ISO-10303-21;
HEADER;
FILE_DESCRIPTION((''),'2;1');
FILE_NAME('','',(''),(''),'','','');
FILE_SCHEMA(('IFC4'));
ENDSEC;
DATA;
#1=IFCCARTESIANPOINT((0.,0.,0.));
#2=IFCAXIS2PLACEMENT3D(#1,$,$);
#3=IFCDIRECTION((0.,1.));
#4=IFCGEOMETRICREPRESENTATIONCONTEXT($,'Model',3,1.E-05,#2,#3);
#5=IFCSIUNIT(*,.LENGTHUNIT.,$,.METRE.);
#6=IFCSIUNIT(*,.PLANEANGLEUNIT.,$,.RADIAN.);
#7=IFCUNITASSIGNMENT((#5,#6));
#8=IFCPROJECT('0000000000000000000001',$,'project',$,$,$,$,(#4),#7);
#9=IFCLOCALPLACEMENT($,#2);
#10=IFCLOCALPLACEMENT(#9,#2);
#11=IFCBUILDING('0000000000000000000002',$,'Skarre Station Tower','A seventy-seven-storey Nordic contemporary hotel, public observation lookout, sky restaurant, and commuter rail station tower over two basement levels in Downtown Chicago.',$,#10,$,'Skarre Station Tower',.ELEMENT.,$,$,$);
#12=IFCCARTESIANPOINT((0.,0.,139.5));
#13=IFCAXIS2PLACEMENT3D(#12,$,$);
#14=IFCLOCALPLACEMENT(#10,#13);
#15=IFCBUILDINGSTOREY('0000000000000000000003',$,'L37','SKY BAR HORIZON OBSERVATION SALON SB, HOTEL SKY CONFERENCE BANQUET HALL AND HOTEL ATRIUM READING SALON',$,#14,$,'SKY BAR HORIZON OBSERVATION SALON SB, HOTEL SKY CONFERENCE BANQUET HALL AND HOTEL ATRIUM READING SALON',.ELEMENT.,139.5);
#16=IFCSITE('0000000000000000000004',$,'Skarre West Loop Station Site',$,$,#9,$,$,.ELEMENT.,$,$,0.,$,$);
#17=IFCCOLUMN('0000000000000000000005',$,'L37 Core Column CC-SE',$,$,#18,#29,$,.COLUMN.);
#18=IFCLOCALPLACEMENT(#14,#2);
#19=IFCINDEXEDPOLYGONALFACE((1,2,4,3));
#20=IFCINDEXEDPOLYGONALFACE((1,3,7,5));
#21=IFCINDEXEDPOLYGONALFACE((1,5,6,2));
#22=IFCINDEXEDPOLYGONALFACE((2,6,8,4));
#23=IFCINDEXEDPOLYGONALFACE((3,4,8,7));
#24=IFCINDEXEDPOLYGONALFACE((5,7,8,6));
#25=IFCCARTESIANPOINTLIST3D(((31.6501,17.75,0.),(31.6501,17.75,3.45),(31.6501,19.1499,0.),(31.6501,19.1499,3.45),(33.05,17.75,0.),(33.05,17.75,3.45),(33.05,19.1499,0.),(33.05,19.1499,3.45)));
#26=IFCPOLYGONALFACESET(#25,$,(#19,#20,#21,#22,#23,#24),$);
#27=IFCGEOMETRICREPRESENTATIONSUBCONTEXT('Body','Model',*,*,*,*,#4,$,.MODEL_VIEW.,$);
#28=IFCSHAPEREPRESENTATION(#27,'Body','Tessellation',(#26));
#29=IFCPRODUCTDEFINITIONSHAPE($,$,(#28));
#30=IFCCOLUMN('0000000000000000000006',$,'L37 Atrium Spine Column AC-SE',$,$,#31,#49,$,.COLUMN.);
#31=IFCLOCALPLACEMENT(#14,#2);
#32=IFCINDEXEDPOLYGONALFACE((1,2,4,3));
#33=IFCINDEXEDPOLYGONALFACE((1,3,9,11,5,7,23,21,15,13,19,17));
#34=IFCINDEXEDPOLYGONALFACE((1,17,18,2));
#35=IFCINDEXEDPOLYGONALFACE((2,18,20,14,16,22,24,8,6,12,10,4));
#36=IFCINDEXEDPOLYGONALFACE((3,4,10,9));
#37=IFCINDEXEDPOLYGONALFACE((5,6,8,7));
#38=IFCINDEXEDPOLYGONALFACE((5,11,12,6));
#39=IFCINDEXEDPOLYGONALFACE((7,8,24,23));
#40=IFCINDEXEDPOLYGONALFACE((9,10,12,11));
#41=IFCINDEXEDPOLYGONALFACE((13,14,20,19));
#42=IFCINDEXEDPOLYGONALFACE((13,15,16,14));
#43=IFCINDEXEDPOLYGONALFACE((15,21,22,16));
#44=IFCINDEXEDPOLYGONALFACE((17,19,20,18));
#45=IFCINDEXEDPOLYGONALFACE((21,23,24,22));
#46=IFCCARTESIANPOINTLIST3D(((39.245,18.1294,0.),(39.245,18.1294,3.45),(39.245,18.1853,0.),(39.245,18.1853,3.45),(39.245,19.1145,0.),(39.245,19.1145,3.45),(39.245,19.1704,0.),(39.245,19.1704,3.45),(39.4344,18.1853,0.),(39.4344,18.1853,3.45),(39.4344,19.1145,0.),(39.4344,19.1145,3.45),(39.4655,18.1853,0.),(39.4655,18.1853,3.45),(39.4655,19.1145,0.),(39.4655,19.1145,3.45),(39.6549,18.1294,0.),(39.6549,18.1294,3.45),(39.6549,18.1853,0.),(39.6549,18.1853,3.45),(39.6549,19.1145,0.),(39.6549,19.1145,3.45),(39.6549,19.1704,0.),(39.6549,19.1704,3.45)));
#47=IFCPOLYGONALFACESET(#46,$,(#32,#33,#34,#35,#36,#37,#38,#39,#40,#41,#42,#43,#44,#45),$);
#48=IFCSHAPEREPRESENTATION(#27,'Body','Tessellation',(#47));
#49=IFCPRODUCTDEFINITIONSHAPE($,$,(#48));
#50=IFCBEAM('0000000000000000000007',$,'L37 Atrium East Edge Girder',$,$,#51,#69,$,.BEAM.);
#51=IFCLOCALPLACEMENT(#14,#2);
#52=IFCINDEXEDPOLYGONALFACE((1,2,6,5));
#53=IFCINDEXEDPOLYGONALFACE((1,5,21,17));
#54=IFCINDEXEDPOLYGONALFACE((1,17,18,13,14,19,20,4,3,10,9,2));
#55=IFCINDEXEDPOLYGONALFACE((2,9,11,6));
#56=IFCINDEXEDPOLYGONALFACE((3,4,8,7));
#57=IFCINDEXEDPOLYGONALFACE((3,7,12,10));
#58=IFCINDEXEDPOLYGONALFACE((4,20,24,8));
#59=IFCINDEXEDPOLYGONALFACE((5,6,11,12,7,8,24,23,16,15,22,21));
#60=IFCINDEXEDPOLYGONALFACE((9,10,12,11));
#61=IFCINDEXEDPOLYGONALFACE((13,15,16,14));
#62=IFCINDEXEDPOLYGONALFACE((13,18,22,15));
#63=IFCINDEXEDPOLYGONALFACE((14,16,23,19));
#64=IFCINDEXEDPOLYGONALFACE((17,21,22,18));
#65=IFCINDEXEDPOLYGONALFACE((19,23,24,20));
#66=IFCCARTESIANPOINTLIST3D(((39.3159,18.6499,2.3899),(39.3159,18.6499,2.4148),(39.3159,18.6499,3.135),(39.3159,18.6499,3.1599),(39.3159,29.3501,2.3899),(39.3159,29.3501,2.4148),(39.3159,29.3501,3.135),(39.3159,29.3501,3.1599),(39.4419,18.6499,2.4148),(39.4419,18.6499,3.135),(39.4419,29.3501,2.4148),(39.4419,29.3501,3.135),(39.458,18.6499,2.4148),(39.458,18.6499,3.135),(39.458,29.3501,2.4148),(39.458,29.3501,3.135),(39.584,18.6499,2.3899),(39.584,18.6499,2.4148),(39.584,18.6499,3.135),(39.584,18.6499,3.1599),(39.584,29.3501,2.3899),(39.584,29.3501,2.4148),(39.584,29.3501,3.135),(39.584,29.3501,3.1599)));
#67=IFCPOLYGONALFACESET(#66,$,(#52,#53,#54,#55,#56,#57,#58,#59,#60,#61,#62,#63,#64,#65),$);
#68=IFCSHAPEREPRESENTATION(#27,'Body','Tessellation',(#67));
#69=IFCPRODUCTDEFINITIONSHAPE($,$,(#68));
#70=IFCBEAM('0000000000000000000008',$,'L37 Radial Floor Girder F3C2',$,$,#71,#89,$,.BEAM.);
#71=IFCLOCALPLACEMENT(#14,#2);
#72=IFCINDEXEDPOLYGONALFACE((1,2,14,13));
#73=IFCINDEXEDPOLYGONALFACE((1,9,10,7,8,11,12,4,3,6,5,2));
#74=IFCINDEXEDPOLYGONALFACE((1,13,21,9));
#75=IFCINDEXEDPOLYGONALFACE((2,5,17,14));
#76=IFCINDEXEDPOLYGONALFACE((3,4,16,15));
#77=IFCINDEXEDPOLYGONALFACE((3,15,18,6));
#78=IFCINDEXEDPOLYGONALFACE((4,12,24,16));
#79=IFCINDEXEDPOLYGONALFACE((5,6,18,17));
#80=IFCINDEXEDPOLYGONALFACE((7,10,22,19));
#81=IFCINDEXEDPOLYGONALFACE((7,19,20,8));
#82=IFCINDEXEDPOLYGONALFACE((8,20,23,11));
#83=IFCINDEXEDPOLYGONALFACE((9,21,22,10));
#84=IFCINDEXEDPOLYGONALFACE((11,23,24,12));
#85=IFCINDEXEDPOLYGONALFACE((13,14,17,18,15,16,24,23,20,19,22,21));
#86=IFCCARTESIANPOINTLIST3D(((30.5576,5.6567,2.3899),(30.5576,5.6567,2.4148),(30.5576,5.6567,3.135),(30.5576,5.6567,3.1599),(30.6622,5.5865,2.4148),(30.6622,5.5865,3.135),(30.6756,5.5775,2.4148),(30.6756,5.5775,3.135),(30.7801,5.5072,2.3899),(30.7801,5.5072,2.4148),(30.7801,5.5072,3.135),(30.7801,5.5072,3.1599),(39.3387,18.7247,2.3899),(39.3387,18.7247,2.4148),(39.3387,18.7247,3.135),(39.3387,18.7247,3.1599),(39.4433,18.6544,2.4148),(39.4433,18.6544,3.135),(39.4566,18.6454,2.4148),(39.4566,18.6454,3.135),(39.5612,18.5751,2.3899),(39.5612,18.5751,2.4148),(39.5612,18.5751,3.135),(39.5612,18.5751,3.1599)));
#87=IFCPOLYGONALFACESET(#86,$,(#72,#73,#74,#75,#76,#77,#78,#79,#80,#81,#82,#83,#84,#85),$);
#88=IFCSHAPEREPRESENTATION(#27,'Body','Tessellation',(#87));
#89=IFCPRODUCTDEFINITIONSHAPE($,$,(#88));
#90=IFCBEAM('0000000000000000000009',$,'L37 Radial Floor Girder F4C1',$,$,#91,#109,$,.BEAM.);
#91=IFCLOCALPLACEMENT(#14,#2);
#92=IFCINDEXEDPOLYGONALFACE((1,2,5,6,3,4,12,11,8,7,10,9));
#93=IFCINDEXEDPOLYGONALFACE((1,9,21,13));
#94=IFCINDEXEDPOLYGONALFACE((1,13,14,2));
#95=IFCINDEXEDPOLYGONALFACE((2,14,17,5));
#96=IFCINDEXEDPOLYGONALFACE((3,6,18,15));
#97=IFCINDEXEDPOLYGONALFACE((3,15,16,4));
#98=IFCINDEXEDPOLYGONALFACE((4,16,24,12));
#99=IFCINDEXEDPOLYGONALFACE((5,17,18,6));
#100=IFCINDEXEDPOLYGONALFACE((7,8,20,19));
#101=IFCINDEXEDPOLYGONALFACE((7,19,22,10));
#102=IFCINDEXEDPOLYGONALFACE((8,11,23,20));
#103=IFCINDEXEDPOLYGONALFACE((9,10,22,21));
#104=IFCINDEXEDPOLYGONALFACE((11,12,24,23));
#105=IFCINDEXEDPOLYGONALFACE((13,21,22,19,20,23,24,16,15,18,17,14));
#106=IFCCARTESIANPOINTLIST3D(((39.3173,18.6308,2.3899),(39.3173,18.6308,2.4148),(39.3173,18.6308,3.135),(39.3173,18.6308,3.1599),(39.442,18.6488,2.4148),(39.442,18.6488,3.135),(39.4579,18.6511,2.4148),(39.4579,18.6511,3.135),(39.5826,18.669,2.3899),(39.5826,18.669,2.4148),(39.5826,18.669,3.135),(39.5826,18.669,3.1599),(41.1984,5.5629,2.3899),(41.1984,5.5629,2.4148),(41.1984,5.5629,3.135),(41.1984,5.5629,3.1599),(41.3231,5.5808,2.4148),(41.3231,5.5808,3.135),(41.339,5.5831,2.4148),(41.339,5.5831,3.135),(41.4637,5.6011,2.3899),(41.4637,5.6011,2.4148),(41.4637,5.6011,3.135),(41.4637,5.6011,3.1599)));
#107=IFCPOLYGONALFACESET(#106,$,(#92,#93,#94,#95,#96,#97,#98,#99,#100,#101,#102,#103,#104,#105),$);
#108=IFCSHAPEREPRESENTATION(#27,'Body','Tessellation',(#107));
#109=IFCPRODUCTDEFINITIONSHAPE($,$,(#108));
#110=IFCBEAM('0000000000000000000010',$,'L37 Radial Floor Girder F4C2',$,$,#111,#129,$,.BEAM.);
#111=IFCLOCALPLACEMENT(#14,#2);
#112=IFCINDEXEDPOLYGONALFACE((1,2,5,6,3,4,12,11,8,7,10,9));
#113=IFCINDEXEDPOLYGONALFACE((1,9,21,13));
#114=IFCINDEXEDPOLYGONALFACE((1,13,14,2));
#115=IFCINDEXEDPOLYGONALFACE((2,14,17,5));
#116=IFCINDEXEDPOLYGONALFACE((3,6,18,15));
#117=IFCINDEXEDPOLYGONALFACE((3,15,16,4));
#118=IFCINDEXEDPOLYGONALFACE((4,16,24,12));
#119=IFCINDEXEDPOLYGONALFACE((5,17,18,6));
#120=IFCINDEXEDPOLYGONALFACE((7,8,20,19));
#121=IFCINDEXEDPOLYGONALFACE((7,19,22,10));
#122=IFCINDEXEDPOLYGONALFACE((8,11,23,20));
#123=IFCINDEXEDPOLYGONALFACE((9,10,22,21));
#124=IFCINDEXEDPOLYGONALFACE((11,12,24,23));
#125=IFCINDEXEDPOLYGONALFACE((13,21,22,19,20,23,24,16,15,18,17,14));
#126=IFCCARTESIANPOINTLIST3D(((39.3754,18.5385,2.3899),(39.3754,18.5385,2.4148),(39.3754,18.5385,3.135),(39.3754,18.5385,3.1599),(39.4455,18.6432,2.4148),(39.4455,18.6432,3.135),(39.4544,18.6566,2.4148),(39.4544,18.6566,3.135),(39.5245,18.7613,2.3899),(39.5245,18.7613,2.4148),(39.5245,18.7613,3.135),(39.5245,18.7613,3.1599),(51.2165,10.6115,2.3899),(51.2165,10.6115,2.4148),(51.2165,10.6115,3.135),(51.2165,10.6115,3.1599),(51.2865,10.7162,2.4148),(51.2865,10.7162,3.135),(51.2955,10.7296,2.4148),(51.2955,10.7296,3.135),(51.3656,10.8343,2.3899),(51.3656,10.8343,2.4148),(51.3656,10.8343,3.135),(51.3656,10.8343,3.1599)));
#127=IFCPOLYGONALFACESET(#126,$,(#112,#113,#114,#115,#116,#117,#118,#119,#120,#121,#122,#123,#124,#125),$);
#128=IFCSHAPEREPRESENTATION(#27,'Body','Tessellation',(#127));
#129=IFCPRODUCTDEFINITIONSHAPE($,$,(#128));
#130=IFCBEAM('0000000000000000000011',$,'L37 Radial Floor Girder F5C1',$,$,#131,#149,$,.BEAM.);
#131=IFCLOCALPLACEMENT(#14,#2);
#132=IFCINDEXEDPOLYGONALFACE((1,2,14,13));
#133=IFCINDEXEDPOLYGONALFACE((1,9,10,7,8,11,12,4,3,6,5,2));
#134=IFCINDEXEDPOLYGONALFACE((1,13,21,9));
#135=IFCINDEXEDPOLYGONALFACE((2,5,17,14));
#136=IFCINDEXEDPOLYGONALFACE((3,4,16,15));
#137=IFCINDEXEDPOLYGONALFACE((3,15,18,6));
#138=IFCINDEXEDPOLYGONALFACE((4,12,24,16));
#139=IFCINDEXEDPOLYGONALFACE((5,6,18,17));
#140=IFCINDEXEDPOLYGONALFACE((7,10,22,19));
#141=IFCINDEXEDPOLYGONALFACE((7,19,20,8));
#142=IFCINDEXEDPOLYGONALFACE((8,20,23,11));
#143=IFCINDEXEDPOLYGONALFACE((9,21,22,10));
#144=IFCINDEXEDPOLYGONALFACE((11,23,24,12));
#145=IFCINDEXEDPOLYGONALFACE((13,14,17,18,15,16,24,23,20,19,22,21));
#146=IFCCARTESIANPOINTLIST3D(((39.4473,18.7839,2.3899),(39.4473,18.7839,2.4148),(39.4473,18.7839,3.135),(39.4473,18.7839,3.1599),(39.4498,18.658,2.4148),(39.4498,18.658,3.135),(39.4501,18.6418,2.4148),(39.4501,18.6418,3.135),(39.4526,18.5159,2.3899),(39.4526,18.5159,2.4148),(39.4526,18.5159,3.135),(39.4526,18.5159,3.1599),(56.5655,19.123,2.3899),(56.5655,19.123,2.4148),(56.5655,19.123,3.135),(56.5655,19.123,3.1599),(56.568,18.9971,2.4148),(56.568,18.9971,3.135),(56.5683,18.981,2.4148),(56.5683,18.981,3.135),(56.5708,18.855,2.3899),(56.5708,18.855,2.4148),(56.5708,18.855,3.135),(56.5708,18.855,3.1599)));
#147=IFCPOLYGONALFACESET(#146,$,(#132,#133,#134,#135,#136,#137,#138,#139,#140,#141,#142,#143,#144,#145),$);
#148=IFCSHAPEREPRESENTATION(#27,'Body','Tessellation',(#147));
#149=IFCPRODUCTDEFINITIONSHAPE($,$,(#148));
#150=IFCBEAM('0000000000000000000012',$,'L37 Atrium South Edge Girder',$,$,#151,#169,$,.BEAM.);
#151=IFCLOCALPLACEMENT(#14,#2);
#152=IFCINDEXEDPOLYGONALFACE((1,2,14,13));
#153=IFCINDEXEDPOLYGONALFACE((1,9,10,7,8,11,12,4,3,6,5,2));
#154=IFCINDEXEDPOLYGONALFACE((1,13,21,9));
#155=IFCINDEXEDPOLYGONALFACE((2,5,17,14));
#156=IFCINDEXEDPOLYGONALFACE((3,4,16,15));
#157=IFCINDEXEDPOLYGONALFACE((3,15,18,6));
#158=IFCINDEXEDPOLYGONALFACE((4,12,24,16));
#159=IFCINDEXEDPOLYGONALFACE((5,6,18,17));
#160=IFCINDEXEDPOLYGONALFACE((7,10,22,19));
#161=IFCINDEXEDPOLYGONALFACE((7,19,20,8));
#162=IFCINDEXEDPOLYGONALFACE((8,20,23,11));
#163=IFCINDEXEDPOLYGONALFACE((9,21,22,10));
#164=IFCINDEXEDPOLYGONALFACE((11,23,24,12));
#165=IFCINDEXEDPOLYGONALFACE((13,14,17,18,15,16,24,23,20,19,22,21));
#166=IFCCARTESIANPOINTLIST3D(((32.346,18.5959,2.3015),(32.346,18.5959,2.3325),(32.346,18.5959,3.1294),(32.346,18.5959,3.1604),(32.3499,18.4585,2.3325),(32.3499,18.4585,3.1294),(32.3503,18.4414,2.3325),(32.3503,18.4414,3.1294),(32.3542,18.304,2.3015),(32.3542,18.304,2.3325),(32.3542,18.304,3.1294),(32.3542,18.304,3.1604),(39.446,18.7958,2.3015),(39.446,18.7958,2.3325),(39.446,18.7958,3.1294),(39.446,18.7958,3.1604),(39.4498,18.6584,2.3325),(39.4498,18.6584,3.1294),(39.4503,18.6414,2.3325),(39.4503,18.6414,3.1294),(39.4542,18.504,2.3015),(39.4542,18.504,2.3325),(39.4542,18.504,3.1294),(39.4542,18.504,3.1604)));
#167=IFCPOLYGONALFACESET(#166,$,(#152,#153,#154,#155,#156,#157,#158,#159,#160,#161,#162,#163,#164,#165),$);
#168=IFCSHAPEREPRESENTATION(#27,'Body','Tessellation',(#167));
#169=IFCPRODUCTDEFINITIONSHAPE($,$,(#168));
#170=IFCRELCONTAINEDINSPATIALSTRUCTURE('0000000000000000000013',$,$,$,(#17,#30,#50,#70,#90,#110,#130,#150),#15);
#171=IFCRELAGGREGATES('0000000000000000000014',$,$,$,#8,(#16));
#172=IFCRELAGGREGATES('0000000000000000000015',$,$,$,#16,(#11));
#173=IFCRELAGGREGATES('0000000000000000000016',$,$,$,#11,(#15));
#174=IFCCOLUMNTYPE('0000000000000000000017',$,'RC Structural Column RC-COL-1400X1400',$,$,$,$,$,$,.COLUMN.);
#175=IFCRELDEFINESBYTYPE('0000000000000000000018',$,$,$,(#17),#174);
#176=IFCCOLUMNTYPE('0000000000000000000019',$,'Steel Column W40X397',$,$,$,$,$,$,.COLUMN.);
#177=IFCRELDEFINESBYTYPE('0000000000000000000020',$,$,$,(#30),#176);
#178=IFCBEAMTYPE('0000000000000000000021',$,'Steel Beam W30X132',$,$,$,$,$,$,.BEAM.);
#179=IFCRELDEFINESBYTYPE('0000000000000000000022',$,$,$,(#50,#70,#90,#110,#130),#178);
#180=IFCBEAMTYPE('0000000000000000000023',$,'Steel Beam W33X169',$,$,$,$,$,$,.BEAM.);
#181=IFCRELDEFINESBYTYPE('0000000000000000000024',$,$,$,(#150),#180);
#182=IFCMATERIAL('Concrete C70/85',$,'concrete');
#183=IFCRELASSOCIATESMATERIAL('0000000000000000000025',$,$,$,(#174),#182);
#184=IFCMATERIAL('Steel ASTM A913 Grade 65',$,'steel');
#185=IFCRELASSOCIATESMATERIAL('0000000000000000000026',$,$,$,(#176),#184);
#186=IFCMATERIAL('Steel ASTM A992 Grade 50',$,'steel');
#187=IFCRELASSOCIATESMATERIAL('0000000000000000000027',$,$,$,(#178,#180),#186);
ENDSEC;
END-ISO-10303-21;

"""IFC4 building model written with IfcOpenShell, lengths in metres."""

from ifc_helpers import new_model, si_unit, direction, frame, origin, origin_2d, place, context, subcontext, project, spatial, rectangle, i_section, extrude, material, material_profile, profile_set, type_object, element, save


model = new_model("IFC4")

# Units and contexts
model_context = context("Model", 3, precision=1e-05, world=origin(), true_north=direction((0.0, 1.0)))
body_context = subcontext(model_context, "Body", "Model", "MODEL_VIEW")
ifc_project = project(units=[si_unit("LENGTHUNIT", "METRE"), si_unit("PLANEANGLEUNIT", "RADIAN")], contexts=[model_context])

# Site, building, storey
site_placement = place(None, origin())
site = spatial("IfcSite", under=ifc_project, at=site_placement, Name="Skarre West Loop Station Site", CompositionType="ELEMENT", RefElevation=0.0)
building_placement = place(site_placement, origin())
building = spatial("IfcBuilding", under=site, at=building_placement, Name="Skarre Station Tower", Description="A seventy-seven-storey Nordic contemporary hotel, public observation lookout, sky restaurant, and commuter rail station tower over two basement levels in Downtown Chicago.", LongName="Skarre Station Tower", CompositionType="ELEMENT")
storey_placement = place(building_placement, frame((0.0, 0.0, 139.5)))
storey = spatial("IfcBuildingStorey", under=building, at=storey_placement, Name="L37", Description="SKY BAR HORIZON OBSERVATION SALON SB, HOTEL SKY CONFERENCE BANQUET HALL AND HOTEL ATRIUM READING SALON", LongName="SKY BAR HORIZON OBSERVATION SALON SB, HOTEL SKY CONFERENCE BANQUET HALL AND HOTEL ATRIUM READING SALON", CompositionType="ELEMENT", Elevation=139.5)

# Columns
ifc_material_1 = material(Name="Concrete C70/85", Category="concrete")
ifc_material_profile_1 = material_profile(ifc_material_1, rectangle(XDim=1.3999, YDim=1.3999, at=origin_2d()), Name="Concrete C70/85")
ifc_profile_set_1 = profile_set([ifc_material_profile_1], Name="Concrete C70/85")
column_type_1 = type_object("IfcColumnType", Name="RC Structural Column RC-COL-1400X1400", PredefinedType="COLUMN", material=ifc_profile_set_1)
column_1_placement = place(storey_placement, frame((32.3501, 18.45, 0.0), z_axis=(0.0, 0.0, 1.0), x_axis=(1.0, 0.0, 0.0)))
element("IfcColumn", 1, at=column_1_placement, inside=storey, type_object=column_type_1, Name="L37 Core Column CC-SE", PredefinedType="COLUMN", context=body_context, shape_type="SweptSolid", body=[
    extrude(rectangle(XDim=1.3999, YDim=1.3999, at=origin_2d()), origin(), (0.0, 0.0, 1.0), 3.45),
])
ifc_material_2 = material(Name="Steel ASTM A913 Grade 65", Category="steel")
ifc_material_profile_2 = material_profile(ifc_material_2, i_section(OverallWidth=0.4099, OverallDepth=1.041, WebThickness=0.031, FlangeThickness=0.0559, at=origin_2d()), Name="Steel ASTM A913 Grade 65")
ifc_profile_set_2 = profile_set([ifc_material_profile_2], Name="Steel ASTM A913 Grade 65")
column_type_2 = type_object("IfcColumnType", Name="Steel Column W40X397", PredefinedType="COLUMN", material=ifc_profile_set_2)
column_2_placement = place(storey_placement, frame((39.45, 18.6499, 0.0), z_axis=(0.0, 0.0, 1.0), x_axis=(1.0, 0.0, 0.0)))
element("IfcColumn", 2, at=column_2_placement, inside=storey, type_object=column_type_2, Name="L37 Atrium Spine Column AC-SE", PredefinedType="COLUMN", context=body_context, shape_type="SweptSolid", body=[
    extrude(i_section(OverallWidth=0.4099, OverallDepth=1.041, WebThickness=0.031, FlangeThickness=0.0559, at=origin_2d()), origin(), (0.0, 0.0, 1.0), 3.45),
])

# Beams
ifc_material_3 = material(Name="Steel ASTM A992 Grade 50", Category="steel")
ifc_material_profile_3 = material_profile(ifc_material_3, i_section(OverallWidth=0.2681, OverallDepth=0.77, WebThickness=0.0161, FlangeThickness=0.0249, at=origin_2d()), Name="Steel ASTM A992 Grade 50")
ifc_profile_set_3 = profile_set([ifc_material_profile_3], Name="Steel ASTM A992 Grade 50")
beam_type_1 = type_object("IfcBeamType", Name="Steel Beam W30X132", PredefinedType="BEAM", material=ifc_profile_set_3)
beam_1_placement = place(storey_placement, frame((39.45, 18.6499, 2.7749), z_axis=(0.0, 1.0, 0.0), x_axis=(-1.0, 0.0, 0.0)))
element("IfcBeam", 3, at=beam_1_placement, inside=storey, type_object=beam_type_1, Name="L37 Atrium East Edge Girder", PredefinedType="BEAM", context=body_context, shape_type="SweptSolid", body=[
    extrude(i_section(OverallWidth=0.2681, OverallDepth=0.77, WebThickness=0.0161, FlangeThickness=0.0249, at=origin_2d()), origin(), (0.0, 0.0, 1.0), 10.7002),
])
beam_2_placement = place(storey_placement, frame((39.45, 18.6499, 2.7749), z_axis=(-0.557735, -0.830019, 0.0), x_axis=(0.830019, -0.557735, 0.0)))
element("IfcBeam", 4, at=beam_2_placement, inside=storey, type_object=beam_type_1, Name="L37 Radial Floor Girder F3C2", PredefinedType="BEAM", context=body_context, shape_type="SweptSolid", body=[
    extrude(i_section(OverallWidth=0.2681, OverallDepth=0.77, WebThickness=0.0161, FlangeThickness=0.0249, at=origin_2d()), origin(), (0.0, 0.0, 1.0), 15.7441),
])
beam_3_placement = place(storey_placement, frame((39.45, 18.6499, 2.7749), z_axis=(0.14248, -0.989798, 0.0), x_axis=(0.989798, 0.14248, 0.0)))
element("IfcBeam", 5, at=beam_3_placement, inside=storey, type_object=beam_type_1, Name="L37 Radial Floor Girder F4C1", PredefinedType="BEAM", context=body_context, shape_type="SweptSolid", body=[
    extrude(i_section(OverallWidth=0.2681, OverallDepth=0.77, WebThickness=0.0161, FlangeThickness=0.0249, at=origin_2d()), origin(), (0.0, 0.0, 1.0), 13.2026),
])
beam_4_placement = place(storey_placement, frame((39.45, 18.6499, 2.7749), z_axis=(0.830981, -0.5563, 0.0), x_axis=(0.5563, 0.830981, 0.0)))
element("IfcBeam", 6, at=beam_4_placement, inside=storey, type_object=beam_type_1, Name="L37 Radial Floor Girder F4C2", PredefinedType="BEAM", context=body_context, shape_type="SweptSolid", body=[
    extrude(i_section(OverallWidth=0.2681, OverallDepth=0.77, WebThickness=0.0161, FlangeThickness=0.0249, at=origin_2d()), origin(), (0.0, 0.0, 1.0), 14.2495),
])
beam_5_placement = place(storey_placement, frame((39.45, 18.6499, 2.7749), z_axis=(0.999804, 0.019806, 0.0), x_axis=(-0.019806, 0.999804, 0.0)))
element("IfcBeam", 7, at=beam_5_placement, inside=storey, type_object=beam_type_1, Name="L37 Radial Floor Girder F5C1", PredefinedType="BEAM", context=body_context, shape_type="SweptSolid", body=[
    extrude(i_section(OverallWidth=0.2681, OverallDepth=0.77, WebThickness=0.0161, FlangeThickness=0.0249, at=origin_2d()), origin(), (0.0, 0.0, 1.0), 17.1216),
])
ifc_material_profile_4 = material_profile(ifc_material_3, i_section(OverallWidth=0.292, OverallDepth=0.8589, WebThickness=0.0171, FlangeThickness=0.031, at=origin_2d()), Name="Steel ASTM A992 Grade 50")
ifc_profile_set_4 = profile_set([ifc_material_profile_4], Name="Steel ASTM A992 Grade 50")
beam_type_2 = type_object("IfcBeamType", Name="Steel Beam W33X169", PredefinedType="BEAM", material=ifc_profile_set_4)
beam_6_placement = place(storey_placement, frame((32.3501, 18.45, 2.731), z_axis=(0.999604, 0.028152, 0.0), x_axis=(-0.028152, 0.999604, 0.0)))
element("IfcBeam", 8, at=beam_6_placement, inside=storey, type_object=beam_type_2, Name="L37 Atrium South Edge Girder", PredefinedType="BEAM", context=body_context, shape_type="SweptSolid", body=[
    extrude(i_section(OverallWidth=0.292, OverallDepth=0.8589, WebThickness=0.0171, FlangeThickness=0.031, at=origin_2d()), origin(), (0.0, 0.0, 1.0), 7.1028),
])

save(model, "model.ifc")
